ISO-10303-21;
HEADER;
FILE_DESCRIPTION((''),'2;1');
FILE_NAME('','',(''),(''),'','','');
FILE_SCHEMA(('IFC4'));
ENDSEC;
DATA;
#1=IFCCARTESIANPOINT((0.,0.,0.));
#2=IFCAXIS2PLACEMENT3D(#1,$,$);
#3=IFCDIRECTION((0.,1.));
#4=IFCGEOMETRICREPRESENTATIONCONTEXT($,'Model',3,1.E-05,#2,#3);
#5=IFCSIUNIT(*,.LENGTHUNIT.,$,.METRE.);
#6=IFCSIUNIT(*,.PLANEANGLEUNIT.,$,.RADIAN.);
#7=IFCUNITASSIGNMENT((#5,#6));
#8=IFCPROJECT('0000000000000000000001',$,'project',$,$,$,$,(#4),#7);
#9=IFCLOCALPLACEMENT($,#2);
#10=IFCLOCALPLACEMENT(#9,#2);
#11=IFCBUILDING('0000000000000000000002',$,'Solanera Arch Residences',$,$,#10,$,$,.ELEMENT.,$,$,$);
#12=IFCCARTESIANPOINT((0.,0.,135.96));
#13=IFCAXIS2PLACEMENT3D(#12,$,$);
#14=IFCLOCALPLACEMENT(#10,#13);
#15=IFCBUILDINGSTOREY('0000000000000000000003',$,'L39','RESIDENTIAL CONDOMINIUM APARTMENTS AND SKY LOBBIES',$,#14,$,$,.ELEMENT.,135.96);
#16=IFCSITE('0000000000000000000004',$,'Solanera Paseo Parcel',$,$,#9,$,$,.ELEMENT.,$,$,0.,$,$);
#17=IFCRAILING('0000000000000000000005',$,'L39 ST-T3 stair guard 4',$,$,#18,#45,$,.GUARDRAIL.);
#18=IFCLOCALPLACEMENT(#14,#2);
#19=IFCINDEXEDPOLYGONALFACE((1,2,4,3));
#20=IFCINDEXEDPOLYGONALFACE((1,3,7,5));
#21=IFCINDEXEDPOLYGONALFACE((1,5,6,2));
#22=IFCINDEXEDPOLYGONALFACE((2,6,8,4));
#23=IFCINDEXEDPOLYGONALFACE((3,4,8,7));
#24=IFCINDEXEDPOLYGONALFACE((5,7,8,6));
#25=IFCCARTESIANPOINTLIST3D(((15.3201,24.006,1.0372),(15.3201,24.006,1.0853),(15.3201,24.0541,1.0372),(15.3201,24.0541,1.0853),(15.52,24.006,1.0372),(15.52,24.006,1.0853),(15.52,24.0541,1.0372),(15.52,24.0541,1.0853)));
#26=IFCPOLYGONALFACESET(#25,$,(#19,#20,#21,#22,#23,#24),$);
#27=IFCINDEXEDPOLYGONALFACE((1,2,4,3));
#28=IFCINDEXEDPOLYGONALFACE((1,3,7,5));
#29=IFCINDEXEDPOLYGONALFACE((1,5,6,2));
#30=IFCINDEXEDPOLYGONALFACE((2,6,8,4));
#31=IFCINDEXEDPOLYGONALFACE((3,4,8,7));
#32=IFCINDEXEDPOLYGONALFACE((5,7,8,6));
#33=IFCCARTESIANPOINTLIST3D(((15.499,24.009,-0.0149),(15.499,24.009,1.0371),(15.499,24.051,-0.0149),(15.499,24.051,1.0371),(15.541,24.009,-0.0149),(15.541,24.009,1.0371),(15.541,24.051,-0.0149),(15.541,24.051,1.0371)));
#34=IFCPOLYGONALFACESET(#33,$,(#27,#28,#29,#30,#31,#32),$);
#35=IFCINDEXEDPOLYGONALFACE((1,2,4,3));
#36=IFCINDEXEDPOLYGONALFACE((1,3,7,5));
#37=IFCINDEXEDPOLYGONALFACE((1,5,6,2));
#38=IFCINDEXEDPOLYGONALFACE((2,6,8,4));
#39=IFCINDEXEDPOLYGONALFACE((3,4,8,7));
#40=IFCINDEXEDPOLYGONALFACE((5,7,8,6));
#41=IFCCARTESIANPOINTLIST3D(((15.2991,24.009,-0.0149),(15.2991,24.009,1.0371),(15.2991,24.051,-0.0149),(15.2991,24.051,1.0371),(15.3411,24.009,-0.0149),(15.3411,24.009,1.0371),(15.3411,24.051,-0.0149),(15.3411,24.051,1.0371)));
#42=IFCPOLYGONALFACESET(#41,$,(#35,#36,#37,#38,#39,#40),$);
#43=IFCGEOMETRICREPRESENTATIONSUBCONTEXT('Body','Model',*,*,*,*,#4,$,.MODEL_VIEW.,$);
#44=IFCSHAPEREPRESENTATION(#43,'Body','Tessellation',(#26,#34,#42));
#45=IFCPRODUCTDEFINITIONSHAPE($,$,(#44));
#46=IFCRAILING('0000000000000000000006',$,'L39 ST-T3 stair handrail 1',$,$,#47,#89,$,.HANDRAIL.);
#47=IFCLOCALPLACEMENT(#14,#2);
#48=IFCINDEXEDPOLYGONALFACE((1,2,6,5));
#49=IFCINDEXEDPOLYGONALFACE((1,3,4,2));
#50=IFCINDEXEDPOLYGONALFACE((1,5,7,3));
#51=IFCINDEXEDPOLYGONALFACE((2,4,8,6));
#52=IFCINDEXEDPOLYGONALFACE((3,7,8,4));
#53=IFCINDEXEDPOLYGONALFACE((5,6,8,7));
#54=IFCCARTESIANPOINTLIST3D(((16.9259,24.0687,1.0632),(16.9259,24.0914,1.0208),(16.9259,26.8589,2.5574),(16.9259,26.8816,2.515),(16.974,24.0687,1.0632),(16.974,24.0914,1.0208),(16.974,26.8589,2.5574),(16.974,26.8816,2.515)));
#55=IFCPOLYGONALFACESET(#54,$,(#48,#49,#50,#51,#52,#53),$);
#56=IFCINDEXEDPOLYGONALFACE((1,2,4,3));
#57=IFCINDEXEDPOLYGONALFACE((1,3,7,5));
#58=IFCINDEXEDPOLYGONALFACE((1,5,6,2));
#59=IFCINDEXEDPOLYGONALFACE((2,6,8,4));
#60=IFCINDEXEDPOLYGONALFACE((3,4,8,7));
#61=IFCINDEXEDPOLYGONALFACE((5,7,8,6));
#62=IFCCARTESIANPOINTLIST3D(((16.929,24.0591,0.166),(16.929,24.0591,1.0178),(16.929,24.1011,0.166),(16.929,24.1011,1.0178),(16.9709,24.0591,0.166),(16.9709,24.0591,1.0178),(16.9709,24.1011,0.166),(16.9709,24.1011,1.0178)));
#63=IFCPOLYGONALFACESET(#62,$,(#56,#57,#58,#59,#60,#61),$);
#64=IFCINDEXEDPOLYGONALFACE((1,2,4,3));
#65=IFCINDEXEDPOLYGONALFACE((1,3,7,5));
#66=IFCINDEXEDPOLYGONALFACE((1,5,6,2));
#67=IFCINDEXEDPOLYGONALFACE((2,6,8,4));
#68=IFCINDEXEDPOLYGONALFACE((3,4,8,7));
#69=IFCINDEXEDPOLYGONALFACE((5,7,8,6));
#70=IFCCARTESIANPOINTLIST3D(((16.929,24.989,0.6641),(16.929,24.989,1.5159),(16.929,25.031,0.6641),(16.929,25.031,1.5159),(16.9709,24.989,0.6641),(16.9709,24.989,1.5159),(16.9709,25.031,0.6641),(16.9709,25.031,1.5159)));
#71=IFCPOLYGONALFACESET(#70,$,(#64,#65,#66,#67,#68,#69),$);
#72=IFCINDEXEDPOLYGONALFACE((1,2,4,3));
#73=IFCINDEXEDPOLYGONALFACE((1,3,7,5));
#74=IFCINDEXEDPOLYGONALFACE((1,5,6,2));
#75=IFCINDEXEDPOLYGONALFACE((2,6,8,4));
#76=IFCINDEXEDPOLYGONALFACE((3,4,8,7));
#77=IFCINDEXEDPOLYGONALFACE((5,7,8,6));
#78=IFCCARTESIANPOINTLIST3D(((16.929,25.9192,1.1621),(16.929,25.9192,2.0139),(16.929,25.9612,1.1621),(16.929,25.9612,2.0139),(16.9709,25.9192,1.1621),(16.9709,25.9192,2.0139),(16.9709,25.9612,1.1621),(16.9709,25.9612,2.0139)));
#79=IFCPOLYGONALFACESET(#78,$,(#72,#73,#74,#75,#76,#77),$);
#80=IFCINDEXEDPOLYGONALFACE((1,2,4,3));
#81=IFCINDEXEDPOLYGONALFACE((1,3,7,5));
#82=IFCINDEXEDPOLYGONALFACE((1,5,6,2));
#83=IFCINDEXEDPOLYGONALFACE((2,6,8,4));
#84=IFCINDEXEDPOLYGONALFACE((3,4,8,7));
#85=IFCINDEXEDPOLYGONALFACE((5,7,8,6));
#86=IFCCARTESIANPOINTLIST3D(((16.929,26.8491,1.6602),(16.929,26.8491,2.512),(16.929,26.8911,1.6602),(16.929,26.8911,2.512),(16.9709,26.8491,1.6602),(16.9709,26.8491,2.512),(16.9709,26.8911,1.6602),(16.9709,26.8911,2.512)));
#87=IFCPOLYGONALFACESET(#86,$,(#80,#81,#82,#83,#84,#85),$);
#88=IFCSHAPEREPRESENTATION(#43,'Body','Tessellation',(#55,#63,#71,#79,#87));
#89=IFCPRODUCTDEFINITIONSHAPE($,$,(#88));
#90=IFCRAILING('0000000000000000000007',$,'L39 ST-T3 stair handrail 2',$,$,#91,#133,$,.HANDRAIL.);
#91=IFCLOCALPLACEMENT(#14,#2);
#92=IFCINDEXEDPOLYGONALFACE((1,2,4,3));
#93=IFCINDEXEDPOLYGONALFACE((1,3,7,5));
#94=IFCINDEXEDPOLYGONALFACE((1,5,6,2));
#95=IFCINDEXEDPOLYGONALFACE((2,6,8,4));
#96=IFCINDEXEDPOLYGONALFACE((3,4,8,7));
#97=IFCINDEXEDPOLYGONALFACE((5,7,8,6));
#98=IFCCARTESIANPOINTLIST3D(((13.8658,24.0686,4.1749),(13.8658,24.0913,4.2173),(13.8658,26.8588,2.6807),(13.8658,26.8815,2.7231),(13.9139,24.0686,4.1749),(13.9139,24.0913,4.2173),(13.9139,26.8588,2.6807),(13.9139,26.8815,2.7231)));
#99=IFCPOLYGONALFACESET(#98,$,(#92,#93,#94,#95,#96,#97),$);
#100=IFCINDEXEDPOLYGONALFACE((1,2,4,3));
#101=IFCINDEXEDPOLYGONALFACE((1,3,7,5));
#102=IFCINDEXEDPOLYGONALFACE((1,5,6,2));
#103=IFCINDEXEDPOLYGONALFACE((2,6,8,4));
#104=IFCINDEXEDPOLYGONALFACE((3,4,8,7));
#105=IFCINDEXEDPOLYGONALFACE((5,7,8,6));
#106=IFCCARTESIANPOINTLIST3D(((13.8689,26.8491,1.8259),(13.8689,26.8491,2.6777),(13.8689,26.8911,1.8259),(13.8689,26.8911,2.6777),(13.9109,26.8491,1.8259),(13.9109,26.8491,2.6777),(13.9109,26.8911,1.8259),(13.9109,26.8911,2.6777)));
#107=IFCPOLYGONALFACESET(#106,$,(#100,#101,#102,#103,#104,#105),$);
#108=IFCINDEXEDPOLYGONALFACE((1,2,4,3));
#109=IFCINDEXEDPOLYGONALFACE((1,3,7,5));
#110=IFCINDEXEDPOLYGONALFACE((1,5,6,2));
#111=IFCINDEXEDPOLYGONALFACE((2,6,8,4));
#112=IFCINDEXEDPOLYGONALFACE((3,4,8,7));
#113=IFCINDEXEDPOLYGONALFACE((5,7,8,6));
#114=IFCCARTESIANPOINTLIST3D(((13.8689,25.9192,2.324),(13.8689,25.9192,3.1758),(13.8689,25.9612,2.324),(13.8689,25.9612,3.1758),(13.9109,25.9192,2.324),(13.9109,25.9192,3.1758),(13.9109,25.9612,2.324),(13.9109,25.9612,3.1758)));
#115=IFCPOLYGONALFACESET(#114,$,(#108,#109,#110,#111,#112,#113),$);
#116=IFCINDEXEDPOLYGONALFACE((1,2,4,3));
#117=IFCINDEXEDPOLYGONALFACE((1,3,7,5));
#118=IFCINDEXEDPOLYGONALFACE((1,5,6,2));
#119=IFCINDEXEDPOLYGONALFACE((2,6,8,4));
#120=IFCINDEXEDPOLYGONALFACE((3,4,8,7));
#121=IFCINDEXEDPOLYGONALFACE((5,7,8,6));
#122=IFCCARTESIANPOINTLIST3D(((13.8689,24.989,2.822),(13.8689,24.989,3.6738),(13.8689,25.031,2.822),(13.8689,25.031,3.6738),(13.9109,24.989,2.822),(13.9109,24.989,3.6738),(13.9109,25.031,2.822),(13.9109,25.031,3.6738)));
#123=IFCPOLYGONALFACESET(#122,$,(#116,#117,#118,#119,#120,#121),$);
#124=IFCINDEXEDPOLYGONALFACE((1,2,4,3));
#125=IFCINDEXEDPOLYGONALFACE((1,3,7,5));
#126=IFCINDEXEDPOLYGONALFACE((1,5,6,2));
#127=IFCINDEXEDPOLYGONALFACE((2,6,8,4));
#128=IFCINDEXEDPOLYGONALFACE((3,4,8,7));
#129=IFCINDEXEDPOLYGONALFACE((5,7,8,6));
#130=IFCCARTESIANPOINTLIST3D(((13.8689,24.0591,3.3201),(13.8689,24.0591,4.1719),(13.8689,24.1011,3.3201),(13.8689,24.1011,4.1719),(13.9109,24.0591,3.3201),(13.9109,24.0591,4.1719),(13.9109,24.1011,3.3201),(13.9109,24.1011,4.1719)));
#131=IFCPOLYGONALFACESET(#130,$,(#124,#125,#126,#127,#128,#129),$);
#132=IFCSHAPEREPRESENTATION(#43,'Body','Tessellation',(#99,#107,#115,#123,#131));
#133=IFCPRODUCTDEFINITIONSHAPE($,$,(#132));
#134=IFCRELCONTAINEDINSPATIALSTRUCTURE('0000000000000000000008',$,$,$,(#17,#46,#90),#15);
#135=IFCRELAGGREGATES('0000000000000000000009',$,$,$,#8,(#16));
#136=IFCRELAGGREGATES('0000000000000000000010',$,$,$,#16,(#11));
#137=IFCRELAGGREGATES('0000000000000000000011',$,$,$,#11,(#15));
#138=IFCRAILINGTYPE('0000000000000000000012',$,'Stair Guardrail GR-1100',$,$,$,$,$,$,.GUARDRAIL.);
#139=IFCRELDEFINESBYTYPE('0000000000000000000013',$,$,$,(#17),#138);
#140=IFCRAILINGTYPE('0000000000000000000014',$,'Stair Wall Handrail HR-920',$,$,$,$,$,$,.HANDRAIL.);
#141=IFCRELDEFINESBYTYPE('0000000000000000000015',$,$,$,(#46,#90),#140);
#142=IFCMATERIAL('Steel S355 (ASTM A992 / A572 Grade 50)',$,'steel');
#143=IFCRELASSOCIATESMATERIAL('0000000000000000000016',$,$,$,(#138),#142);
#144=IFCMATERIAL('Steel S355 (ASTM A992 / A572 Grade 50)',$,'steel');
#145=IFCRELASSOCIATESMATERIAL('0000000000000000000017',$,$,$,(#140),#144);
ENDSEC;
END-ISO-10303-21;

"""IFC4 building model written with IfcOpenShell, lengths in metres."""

from ifc_helpers import new_model, si_unit, direction, frame, origin, origin_2d, place, context, subcontext, project, spatial, rectangle, extrude, material, type_object, element, save


model = new_model("IFC4")

# Units and contexts
model_context = context("Model", 3, precision=1e-05, world=origin(), true_north=direction((0.0, 1.0)))
body_context = subcontext(model_context, "Body", "Model", "MODEL_VIEW")
ifc_project = project(units=[si_unit("LENGTHUNIT", "METRE"), si_unit("PLANEANGLEUNIT", "RADIAN")], contexts=[model_context])

# Site, building, storey
site_placement = place(None, origin())
site = spatial("IfcSite", under=ifc_project, at=site_placement, Name="Solanera Paseo Parcel", CompositionType="ELEMENT", RefElevation=0.0)
building_placement = place(site_placement, origin())
building = spatial("IfcBuilding", under=site, at=building_placement, Name="Solanera Arch Residences", CompositionType="ELEMENT")
storey_placement = place(building_placement, frame((0.0, 0.0, 135.96)))
storey = spatial("IfcBuildingStorey", under=building, at=storey_placement, Name="L39", Description="RESIDENTIAL CONDOMINIUM APARTMENTS AND SKY LOBBIES", CompositionType="ELEMENT", Elevation=135.96)

# Railings
ifc_material_1 = material(Name="Steel S355 (ASTM A992 / A572 Grade 50)", Category="steel")
railing_type_1 = type_object("IfcRailingType", Name="Stair Guardrail GR-1100", PredefinedType="GUARDRAIL", material=ifc_material_1)
railing_1_placement = place(storey_placement, frame((15.52, 24.03, -0.0149)))
element("IfcRailing", 1, at=railing_1_placement, inside=storey, type_object=railing_type_1, Name="L39 ST-T3 stair guard 4", PredefinedType="GUARDRAIL", context=body_context, shape_type="SweptSolid", body=[
    extrude(rectangle(XDim=0.0481, YDim=0.0481, at=origin_2d()), frame((0.0, 0.0, 1.0762), z_axis=(-1.0, 0.0, 0.0), x_axis=(0.0, -1.0, 0.0)), (0.0, 0.0, 1.0), 0.2),
    extrude(rectangle(XDim=0.042, YDim=0.042, at=origin_2d()), origin(), (0.0, 0.0, 1.0), 1.052),
    extrude(rectangle(XDim=0.042, YDim=0.042, at=origin_2d()), frame((-0.2, 0.0, 0.0)), (0.0, 0.0, 1.0), 1.052),
])
ifc_material_2 = material(Name="Steel S355 (ASTM A992 / A572 Grade 50)", Category="steel")
railing_type_2 = type_object("IfcRailingType", Name="Stair Wall Handrail HR-920", PredefinedType="HANDRAIL", material=ifc_material_2)
railing_2_placement = place(storey_placement, frame((16.95, 24.0801, 0.166)))
element("IfcRailing", 2, at=railing_2_placement, inside=storey, type_object=railing_type_2, Name="L39 ST-T3 stair handrail 1", PredefinedType="HANDRAIL", context=body_context, shape_type="SweptSolid", body=[
    extrude(rectangle(XDim=0.0481, YDim=0.0481, at=origin_2d()), frame((0.0, 0.0, 0.876), z_axis=(0.0, 0.881549, 0.472093), x_axis=(-1.0, 0.0, 0.0)), (0.0, 0.0, 1.0), 3.165),
    extrude(rectangle(XDim=0.042, YDim=0.042, at=origin_2d()), origin(), (0.0, 0.0, 1.0), 0.8518),
    extrude(rectangle(XDim=0.042, YDim=0.042, at=origin_2d()), frame((0.0, 0.9299, 0.498)), (0.0, 0.0, 1.0), 0.8518),
    extrude(rectangle(XDim=0.042, YDim=0.042, at=origin_2d()), frame((0.0, 1.8601, 0.9961)), (0.0, 0.0, 1.0), 0.8518),
    extrude(rectangle(XDim=0.042, YDim=0.042, at=origin_2d()), frame((0.0, 2.79, 1.4941)), (0.0, 0.0, 1.0), 0.8518),
])
railing_3_placement = place(storey_placement, frame((13.8899, 26.8701, 1.8259)))
element("IfcRailing", 3, at=railing_3_placement, inside=storey, type_object=railing_type_2, Name="L39 ST-T3 stair handrail 2", PredefinedType="HANDRAIL", context=body_context, shape_type="SweptSolid", body=[
    extrude(rectangle(XDim=0.0481, YDim=0.0481, at=origin_2d()), frame((0.0, 0.0, 0.876), z_axis=(0.0, -0.881549, 0.472093), x_axis=(1.0, 0.0, 0.0)), (0.0, 0.0, 1.0), 3.165),
    extrude(rectangle(XDim=0.042, YDim=0.042, at=origin_2d()), origin(), (0.0, 0.0, 1.0), 0.8518),
    extrude(rectangle(XDim=0.042, YDim=0.042, at=origin_2d()), frame((0.0, -0.9299, 0.498)), (0.0, 0.0, 1.0), 0.8518),
    extrude(rectangle(XDim=0.042, YDim=0.042, at=origin_2d()), frame((0.0, -1.8601, 0.9961)), (0.0, 0.0, 1.0), 0.8518),
    extrude(rectangle(XDim=0.042, YDim=0.042, at=origin_2d()), frame((0.0, -2.79, 1.4941)), (0.0, 0.0, 1.0), 0.8518),
])

save(model, "model.ifc")
